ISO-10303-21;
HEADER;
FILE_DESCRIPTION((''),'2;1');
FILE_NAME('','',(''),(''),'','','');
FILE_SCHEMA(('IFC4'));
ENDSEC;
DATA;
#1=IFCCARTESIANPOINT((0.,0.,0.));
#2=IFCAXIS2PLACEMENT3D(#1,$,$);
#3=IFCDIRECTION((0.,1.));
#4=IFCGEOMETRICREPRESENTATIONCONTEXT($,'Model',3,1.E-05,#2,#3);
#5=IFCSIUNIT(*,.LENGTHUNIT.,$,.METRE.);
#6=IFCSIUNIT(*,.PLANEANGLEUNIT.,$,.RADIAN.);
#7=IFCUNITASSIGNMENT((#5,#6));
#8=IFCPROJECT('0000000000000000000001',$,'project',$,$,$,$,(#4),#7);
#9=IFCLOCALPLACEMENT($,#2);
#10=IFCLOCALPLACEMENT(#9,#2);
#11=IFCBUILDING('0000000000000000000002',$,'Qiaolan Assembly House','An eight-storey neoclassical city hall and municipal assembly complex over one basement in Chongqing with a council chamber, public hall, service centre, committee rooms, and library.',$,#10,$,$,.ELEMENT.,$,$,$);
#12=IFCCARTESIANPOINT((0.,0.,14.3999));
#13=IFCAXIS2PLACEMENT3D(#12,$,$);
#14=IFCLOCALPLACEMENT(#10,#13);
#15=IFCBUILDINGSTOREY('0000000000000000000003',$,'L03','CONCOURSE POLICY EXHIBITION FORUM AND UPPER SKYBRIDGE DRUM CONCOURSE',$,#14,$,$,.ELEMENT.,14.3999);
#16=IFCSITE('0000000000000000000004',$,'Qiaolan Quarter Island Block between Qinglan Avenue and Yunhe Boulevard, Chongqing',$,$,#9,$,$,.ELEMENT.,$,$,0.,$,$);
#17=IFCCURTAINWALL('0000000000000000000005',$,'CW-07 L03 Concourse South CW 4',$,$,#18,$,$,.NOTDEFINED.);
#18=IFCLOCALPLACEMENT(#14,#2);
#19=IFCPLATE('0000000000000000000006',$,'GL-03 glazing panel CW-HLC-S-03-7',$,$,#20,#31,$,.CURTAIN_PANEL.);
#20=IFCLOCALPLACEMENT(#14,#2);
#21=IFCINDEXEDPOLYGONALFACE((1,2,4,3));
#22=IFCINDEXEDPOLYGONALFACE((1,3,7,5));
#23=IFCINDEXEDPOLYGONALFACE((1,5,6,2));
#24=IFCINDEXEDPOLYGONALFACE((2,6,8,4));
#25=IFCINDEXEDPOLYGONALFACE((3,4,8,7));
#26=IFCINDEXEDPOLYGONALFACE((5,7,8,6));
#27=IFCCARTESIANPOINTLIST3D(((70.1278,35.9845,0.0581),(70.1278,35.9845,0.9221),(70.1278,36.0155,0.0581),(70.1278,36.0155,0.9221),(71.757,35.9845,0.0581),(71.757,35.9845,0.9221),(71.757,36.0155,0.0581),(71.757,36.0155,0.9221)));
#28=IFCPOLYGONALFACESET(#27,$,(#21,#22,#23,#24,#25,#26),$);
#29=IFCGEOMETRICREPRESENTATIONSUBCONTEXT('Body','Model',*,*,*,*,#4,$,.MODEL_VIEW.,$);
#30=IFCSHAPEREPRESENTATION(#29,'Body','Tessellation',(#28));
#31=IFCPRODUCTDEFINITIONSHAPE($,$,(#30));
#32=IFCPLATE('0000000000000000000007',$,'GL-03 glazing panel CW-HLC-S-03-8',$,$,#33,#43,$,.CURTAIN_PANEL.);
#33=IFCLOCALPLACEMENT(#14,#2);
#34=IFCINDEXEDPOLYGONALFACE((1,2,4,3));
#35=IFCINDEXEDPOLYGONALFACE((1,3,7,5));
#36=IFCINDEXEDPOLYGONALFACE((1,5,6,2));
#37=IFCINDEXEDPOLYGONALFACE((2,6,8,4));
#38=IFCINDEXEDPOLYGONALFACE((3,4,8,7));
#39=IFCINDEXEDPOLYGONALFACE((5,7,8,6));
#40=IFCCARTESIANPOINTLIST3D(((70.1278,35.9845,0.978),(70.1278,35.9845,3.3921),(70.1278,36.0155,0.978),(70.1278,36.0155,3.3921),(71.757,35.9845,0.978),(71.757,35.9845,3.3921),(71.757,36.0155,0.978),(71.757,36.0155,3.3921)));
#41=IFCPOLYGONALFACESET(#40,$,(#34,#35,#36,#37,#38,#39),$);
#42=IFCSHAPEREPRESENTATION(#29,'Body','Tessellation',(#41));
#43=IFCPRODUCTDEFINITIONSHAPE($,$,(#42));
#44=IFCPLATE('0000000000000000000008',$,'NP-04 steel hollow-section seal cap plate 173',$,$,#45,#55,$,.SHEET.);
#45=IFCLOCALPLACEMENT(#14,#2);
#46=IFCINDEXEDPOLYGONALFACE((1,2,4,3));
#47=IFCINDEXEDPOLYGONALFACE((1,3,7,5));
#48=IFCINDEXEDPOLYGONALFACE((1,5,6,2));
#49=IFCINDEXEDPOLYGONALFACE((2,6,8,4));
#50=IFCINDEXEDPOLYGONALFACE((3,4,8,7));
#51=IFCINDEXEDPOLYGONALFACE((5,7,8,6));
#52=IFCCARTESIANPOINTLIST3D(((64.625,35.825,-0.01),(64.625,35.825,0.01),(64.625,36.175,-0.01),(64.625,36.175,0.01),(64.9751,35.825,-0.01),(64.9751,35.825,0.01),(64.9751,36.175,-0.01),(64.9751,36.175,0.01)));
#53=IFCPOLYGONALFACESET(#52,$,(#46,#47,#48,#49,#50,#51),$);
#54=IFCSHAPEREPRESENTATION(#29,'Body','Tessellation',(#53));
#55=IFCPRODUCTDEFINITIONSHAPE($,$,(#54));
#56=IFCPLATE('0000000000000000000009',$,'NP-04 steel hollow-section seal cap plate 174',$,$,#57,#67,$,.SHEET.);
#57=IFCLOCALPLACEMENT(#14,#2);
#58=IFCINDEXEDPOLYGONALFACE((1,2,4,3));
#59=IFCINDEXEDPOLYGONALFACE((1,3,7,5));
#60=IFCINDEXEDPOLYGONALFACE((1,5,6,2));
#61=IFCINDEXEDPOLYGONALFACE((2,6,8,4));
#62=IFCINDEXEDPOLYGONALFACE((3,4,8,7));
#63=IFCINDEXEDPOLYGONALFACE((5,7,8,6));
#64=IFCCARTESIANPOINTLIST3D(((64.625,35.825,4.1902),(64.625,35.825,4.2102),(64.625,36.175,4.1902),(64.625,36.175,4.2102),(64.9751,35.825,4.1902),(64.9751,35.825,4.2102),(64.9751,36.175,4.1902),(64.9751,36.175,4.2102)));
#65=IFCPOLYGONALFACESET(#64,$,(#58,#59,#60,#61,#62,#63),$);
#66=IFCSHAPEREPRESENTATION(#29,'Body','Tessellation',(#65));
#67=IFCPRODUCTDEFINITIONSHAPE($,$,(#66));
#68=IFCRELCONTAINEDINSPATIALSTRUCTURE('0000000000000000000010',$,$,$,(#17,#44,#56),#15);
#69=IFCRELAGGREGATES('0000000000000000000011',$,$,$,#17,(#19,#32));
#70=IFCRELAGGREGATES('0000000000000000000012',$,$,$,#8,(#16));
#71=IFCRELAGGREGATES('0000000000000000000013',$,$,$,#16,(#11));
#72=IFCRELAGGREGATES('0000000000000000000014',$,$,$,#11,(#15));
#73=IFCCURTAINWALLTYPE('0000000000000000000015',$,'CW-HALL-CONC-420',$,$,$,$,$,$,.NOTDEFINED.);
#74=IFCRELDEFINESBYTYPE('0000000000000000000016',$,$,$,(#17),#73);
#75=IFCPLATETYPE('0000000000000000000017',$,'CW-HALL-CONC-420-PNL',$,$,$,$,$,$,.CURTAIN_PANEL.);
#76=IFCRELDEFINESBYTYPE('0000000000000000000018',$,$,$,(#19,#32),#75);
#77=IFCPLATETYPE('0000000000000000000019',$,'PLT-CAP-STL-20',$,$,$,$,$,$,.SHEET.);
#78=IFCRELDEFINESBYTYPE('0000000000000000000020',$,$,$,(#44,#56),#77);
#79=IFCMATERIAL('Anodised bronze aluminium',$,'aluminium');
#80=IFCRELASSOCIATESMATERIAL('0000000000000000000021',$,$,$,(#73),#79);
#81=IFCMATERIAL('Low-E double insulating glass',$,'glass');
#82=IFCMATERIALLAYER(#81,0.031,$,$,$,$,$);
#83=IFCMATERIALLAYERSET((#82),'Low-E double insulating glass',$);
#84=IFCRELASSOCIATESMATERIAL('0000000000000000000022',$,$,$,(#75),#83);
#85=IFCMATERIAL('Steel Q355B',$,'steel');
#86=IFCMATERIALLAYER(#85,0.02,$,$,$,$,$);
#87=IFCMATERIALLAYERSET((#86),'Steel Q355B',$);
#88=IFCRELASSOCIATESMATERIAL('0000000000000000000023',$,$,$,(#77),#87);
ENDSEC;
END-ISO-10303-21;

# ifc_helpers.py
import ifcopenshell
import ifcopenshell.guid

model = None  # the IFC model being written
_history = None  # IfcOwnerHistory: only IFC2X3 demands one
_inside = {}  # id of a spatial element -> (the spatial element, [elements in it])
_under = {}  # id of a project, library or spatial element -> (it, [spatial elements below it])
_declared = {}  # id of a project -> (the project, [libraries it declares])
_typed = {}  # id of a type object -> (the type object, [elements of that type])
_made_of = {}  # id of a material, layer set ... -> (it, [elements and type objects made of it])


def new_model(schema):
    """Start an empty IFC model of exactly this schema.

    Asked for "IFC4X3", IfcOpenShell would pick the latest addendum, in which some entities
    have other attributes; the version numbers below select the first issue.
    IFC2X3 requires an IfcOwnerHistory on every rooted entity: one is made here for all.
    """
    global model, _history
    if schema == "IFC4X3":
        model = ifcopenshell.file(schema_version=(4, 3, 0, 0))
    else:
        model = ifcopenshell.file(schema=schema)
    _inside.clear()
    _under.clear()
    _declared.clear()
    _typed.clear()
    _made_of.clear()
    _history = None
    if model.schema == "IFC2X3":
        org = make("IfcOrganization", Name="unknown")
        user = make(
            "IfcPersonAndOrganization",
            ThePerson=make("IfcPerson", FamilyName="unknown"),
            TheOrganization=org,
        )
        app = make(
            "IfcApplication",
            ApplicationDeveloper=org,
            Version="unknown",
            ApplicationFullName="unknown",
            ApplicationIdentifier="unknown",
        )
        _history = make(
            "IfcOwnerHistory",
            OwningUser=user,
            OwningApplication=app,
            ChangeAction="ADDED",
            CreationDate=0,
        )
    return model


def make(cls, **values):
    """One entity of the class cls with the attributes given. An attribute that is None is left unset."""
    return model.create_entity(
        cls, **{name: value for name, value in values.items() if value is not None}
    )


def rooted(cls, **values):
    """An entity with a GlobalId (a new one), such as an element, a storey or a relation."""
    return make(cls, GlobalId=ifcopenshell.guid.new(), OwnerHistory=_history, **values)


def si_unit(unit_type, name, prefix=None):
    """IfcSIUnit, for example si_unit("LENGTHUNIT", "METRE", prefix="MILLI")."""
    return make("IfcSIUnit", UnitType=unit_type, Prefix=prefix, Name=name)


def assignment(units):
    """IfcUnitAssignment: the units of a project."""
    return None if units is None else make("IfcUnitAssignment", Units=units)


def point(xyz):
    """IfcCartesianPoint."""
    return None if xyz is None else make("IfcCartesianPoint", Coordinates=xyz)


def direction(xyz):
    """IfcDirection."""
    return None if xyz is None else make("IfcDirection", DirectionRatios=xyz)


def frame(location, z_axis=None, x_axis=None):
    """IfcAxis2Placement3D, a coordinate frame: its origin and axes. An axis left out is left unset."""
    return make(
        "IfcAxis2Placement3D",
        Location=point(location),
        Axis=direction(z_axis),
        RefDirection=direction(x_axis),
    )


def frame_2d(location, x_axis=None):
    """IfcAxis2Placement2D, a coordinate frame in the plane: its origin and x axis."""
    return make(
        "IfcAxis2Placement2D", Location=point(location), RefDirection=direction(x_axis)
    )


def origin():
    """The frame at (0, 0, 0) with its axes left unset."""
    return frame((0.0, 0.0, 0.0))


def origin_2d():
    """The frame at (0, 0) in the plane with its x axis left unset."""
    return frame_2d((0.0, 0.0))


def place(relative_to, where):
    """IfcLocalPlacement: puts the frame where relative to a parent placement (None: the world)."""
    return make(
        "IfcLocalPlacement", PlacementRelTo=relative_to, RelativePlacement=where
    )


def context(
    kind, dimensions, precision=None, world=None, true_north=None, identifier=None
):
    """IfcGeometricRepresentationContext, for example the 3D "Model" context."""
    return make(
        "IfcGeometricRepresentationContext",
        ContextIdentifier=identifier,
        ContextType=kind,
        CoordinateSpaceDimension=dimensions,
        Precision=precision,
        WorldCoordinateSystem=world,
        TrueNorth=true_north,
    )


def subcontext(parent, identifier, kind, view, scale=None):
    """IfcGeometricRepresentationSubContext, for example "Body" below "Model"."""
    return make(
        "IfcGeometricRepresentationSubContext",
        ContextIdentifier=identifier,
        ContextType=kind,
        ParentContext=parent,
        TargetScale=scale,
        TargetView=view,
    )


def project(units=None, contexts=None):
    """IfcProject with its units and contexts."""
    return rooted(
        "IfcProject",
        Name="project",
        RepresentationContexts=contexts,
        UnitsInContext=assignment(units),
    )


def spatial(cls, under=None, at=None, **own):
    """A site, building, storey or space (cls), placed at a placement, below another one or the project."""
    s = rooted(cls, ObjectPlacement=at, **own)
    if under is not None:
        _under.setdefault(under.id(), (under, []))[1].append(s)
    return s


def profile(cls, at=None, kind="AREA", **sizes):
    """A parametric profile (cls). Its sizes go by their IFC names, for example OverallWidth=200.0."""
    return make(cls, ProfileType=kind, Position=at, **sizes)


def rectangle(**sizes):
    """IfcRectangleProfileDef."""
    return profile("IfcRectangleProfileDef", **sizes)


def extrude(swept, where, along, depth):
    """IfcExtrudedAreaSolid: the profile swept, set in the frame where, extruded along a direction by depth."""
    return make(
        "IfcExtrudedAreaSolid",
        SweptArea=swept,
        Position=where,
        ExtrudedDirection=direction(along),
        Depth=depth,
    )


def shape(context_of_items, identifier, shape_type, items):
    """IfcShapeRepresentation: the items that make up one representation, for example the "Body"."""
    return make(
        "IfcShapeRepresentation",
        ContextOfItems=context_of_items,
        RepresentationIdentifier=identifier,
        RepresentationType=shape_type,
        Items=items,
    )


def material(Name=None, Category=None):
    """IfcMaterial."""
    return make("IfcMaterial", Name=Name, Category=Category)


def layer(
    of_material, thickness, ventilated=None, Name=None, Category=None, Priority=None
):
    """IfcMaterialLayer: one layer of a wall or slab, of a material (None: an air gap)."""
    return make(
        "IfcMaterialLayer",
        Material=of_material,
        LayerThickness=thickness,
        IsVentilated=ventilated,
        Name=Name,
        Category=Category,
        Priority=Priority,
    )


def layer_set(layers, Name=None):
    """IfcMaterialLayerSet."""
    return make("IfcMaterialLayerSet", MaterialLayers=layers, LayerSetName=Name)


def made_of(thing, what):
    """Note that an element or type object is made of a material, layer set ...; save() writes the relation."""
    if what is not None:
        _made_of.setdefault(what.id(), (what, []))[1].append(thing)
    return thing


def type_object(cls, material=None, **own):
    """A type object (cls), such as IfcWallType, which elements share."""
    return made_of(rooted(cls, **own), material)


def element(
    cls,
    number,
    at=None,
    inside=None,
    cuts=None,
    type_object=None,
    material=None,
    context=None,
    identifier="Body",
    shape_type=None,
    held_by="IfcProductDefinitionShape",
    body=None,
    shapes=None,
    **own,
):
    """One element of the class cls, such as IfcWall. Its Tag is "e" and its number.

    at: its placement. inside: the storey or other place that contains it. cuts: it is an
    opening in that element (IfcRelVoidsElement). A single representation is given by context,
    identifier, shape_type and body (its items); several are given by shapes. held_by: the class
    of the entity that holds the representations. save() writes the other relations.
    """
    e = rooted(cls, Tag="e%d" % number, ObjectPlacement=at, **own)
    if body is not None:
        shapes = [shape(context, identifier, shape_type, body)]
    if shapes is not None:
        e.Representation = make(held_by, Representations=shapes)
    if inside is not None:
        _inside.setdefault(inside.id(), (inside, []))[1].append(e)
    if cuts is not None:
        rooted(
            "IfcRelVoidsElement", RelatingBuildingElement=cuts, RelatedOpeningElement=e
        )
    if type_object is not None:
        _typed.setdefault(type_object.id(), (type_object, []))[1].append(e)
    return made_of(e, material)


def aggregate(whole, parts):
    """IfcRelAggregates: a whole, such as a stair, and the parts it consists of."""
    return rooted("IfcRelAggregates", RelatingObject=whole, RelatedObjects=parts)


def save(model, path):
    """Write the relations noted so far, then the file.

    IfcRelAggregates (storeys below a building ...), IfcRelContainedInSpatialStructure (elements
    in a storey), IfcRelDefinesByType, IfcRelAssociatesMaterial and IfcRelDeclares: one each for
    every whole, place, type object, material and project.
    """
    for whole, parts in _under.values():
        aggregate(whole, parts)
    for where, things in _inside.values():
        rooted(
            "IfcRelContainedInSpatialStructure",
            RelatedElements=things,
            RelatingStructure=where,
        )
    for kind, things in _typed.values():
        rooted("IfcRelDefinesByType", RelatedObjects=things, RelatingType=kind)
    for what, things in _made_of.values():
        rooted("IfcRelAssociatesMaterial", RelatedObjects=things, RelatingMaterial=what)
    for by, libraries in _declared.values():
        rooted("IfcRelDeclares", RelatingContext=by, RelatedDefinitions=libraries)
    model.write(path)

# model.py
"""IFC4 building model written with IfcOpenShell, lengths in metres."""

from ifc_helpers import new_model, si_unit, direction, frame, frame_2d, origin, origin_2d, place, context, subcontext, project, spatial, rectangle, extrude, material, layer, layer_set, type_object, element, aggregate, save


model = new_model("IFC4")

# Units and contexts
model_context = context("Model", 3, precision=1e-05, world=origin(), true_north=direction((0.0, 1.0)))
body_context = subcontext(model_context, "Body", "Model", "MODEL_VIEW")
ifc_project = project(units=[si_unit("LENGTHUNIT", "METRE"), si_unit("PLANEANGLEUNIT", "RADIAN")], contexts=[model_context])

# Site, building, storey
site_placement = place(None, origin())
site = spatial("IfcSite", under=ifc_project, at=site_placement, Name="Qiaolan Quarter Island Block between Qinglan Avenue and Yunhe Boulevard, Chongqing", CompositionType="ELEMENT", RefElevation=0.0)
building_placement = place(site_placement, origin())
building = spatial("IfcBuilding", under=site, at=building_placement, Name="Qiaolan Assembly House", Description="An eight-storey neoclassical city hall and municipal assembly complex over one basement in Chongqing with a council chamber, public hall, service centre, committee rooms, and library.", CompositionType="ELEMENT")
storey_placement = place(building_placement, frame((0.0, 0.0, 14.3999)))
storey = spatial("IfcBuildingStorey", under=building, at=storey_placement, Name="L03", Description="CONCOURSE POLICY EXHIBITION FORUM AND UPPER SKYBRIDGE DRUM CONCOURSE", CompositionType="ELEMENT", Elevation=14.3999)

# Shared definitions
ifc_material_1 = material(Name="Steel Q355B", Category="steel")

# Curtain wall
ifc_material_2 = material(Name="Anodised bronze aluminium", Category="aluminium")
curtain_wall_type = type_object("IfcCurtainWallType", Name="CW-HALL-CONC-420", PredefinedType="NOTDEFINED", material=ifc_material_2)
curtain_wall_1_placement = place(storey_placement, origin())
curtain_wall_1 = element("IfcCurtainWall", 1, at=curtain_wall_1_placement, inside=storey, type_object=curtain_wall_type, Name="CW-07 L03 Concourse South CW 4", PredefinedType="NOTDEFINED")

# Plates
ifc_material_3 = material(Name="Low-E double insulating glass", Category="glass")
ifc_layer_1 = layer(ifc_material_3, 0.031)
ifc_layer_set_1 = layer_set([ifc_layer_1], Name="Low-E double insulating glass")
plate_type_1 = type_object("IfcPlateType", Name="CW-HALL-CONC-420-PNL", PredefinedType="CURTAIN_PANEL", material=ifc_layer_set_1)
plate_1_placement = place(storey_placement, frame((70.1279, 36.0, 0.0581), z_axis=(0.0, 0.0, 1.0), x_axis=(1.0, 0.0, 0.0)))
plate_1 = element("IfcPlate", 2, at=plate_1_placement, type_object=plate_type_1, Name="GL-03 glazing panel CW-HLC-S-03-7", PredefinedType="CURTAIN_PANEL", context=body_context, shape_type="SweptSolid", body=[
    extrude(rectangle(XDim=1.6292, YDim=0.031, at=frame_2d((0.8145, 0.0))), origin(), (0.0, 0.0, 1.0), 0.864),
])
plate_2_placement = place(storey_placement, frame((70.1279, 36.0, 0.978), z_axis=(0.0, 0.0, 1.0), x_axis=(1.0, 0.0, 0.0)))
plate_2 = element("IfcPlate", 3, at=plate_2_placement, type_object=plate_type_1, Name="GL-03 glazing panel CW-HLC-S-03-8", PredefinedType="CURTAIN_PANEL", context=body_context, shape_type="SweptSolid", body=[
    extrude(rectangle(XDim=1.6292, YDim=0.031, at=frame_2d((0.8145, 0.0))), origin(), (0.0, 0.0, 1.0), 2.4141),
])
aggregate(curtain_wall_1, [plate_1, plate_2])

# Plates
ifc_layer_2 = layer(ifc_material_1, 0.02)
ifc_layer_set_2 = layer_set([ifc_layer_2], Name="Steel Q355B")
plate_type_2 = type_object("IfcPlateType", Name="PLT-CAP-STL-20", PredefinedType="SHEET", material=ifc_layer_set_2)
for number, where, z_axis, x_axis, name in (
    (4, (64.8, 36.0, -0.01), (0.0, 0.0, 1.0), (1.0, 0.0, 0.0), "NP-04 steel hollow-section seal cap plate 173"),
    (5, (64.8, 36.0, 4.1902), (0.0, 0.0, 1.0), (1.0, 0.0, 0.0), "NP-04 steel hollow-section seal cap plate 174"),
):
    element("IfcPlate", number, at=place(storey_placement, frame(where, z_axis=z_axis, x_axis=x_axis)), inside=storey, type_object=plate_type_2, Name=name, PredefinedType="SHEET", context=body_context, shape_type="SweptSolid", body=[
        extrude(rectangle(XDim=0.3501, YDim=0.3501, at=origin_2d()), origin(), (0.0, 0.0, 1.0), 0.02),
    ])

save(model, "model.ifc")
